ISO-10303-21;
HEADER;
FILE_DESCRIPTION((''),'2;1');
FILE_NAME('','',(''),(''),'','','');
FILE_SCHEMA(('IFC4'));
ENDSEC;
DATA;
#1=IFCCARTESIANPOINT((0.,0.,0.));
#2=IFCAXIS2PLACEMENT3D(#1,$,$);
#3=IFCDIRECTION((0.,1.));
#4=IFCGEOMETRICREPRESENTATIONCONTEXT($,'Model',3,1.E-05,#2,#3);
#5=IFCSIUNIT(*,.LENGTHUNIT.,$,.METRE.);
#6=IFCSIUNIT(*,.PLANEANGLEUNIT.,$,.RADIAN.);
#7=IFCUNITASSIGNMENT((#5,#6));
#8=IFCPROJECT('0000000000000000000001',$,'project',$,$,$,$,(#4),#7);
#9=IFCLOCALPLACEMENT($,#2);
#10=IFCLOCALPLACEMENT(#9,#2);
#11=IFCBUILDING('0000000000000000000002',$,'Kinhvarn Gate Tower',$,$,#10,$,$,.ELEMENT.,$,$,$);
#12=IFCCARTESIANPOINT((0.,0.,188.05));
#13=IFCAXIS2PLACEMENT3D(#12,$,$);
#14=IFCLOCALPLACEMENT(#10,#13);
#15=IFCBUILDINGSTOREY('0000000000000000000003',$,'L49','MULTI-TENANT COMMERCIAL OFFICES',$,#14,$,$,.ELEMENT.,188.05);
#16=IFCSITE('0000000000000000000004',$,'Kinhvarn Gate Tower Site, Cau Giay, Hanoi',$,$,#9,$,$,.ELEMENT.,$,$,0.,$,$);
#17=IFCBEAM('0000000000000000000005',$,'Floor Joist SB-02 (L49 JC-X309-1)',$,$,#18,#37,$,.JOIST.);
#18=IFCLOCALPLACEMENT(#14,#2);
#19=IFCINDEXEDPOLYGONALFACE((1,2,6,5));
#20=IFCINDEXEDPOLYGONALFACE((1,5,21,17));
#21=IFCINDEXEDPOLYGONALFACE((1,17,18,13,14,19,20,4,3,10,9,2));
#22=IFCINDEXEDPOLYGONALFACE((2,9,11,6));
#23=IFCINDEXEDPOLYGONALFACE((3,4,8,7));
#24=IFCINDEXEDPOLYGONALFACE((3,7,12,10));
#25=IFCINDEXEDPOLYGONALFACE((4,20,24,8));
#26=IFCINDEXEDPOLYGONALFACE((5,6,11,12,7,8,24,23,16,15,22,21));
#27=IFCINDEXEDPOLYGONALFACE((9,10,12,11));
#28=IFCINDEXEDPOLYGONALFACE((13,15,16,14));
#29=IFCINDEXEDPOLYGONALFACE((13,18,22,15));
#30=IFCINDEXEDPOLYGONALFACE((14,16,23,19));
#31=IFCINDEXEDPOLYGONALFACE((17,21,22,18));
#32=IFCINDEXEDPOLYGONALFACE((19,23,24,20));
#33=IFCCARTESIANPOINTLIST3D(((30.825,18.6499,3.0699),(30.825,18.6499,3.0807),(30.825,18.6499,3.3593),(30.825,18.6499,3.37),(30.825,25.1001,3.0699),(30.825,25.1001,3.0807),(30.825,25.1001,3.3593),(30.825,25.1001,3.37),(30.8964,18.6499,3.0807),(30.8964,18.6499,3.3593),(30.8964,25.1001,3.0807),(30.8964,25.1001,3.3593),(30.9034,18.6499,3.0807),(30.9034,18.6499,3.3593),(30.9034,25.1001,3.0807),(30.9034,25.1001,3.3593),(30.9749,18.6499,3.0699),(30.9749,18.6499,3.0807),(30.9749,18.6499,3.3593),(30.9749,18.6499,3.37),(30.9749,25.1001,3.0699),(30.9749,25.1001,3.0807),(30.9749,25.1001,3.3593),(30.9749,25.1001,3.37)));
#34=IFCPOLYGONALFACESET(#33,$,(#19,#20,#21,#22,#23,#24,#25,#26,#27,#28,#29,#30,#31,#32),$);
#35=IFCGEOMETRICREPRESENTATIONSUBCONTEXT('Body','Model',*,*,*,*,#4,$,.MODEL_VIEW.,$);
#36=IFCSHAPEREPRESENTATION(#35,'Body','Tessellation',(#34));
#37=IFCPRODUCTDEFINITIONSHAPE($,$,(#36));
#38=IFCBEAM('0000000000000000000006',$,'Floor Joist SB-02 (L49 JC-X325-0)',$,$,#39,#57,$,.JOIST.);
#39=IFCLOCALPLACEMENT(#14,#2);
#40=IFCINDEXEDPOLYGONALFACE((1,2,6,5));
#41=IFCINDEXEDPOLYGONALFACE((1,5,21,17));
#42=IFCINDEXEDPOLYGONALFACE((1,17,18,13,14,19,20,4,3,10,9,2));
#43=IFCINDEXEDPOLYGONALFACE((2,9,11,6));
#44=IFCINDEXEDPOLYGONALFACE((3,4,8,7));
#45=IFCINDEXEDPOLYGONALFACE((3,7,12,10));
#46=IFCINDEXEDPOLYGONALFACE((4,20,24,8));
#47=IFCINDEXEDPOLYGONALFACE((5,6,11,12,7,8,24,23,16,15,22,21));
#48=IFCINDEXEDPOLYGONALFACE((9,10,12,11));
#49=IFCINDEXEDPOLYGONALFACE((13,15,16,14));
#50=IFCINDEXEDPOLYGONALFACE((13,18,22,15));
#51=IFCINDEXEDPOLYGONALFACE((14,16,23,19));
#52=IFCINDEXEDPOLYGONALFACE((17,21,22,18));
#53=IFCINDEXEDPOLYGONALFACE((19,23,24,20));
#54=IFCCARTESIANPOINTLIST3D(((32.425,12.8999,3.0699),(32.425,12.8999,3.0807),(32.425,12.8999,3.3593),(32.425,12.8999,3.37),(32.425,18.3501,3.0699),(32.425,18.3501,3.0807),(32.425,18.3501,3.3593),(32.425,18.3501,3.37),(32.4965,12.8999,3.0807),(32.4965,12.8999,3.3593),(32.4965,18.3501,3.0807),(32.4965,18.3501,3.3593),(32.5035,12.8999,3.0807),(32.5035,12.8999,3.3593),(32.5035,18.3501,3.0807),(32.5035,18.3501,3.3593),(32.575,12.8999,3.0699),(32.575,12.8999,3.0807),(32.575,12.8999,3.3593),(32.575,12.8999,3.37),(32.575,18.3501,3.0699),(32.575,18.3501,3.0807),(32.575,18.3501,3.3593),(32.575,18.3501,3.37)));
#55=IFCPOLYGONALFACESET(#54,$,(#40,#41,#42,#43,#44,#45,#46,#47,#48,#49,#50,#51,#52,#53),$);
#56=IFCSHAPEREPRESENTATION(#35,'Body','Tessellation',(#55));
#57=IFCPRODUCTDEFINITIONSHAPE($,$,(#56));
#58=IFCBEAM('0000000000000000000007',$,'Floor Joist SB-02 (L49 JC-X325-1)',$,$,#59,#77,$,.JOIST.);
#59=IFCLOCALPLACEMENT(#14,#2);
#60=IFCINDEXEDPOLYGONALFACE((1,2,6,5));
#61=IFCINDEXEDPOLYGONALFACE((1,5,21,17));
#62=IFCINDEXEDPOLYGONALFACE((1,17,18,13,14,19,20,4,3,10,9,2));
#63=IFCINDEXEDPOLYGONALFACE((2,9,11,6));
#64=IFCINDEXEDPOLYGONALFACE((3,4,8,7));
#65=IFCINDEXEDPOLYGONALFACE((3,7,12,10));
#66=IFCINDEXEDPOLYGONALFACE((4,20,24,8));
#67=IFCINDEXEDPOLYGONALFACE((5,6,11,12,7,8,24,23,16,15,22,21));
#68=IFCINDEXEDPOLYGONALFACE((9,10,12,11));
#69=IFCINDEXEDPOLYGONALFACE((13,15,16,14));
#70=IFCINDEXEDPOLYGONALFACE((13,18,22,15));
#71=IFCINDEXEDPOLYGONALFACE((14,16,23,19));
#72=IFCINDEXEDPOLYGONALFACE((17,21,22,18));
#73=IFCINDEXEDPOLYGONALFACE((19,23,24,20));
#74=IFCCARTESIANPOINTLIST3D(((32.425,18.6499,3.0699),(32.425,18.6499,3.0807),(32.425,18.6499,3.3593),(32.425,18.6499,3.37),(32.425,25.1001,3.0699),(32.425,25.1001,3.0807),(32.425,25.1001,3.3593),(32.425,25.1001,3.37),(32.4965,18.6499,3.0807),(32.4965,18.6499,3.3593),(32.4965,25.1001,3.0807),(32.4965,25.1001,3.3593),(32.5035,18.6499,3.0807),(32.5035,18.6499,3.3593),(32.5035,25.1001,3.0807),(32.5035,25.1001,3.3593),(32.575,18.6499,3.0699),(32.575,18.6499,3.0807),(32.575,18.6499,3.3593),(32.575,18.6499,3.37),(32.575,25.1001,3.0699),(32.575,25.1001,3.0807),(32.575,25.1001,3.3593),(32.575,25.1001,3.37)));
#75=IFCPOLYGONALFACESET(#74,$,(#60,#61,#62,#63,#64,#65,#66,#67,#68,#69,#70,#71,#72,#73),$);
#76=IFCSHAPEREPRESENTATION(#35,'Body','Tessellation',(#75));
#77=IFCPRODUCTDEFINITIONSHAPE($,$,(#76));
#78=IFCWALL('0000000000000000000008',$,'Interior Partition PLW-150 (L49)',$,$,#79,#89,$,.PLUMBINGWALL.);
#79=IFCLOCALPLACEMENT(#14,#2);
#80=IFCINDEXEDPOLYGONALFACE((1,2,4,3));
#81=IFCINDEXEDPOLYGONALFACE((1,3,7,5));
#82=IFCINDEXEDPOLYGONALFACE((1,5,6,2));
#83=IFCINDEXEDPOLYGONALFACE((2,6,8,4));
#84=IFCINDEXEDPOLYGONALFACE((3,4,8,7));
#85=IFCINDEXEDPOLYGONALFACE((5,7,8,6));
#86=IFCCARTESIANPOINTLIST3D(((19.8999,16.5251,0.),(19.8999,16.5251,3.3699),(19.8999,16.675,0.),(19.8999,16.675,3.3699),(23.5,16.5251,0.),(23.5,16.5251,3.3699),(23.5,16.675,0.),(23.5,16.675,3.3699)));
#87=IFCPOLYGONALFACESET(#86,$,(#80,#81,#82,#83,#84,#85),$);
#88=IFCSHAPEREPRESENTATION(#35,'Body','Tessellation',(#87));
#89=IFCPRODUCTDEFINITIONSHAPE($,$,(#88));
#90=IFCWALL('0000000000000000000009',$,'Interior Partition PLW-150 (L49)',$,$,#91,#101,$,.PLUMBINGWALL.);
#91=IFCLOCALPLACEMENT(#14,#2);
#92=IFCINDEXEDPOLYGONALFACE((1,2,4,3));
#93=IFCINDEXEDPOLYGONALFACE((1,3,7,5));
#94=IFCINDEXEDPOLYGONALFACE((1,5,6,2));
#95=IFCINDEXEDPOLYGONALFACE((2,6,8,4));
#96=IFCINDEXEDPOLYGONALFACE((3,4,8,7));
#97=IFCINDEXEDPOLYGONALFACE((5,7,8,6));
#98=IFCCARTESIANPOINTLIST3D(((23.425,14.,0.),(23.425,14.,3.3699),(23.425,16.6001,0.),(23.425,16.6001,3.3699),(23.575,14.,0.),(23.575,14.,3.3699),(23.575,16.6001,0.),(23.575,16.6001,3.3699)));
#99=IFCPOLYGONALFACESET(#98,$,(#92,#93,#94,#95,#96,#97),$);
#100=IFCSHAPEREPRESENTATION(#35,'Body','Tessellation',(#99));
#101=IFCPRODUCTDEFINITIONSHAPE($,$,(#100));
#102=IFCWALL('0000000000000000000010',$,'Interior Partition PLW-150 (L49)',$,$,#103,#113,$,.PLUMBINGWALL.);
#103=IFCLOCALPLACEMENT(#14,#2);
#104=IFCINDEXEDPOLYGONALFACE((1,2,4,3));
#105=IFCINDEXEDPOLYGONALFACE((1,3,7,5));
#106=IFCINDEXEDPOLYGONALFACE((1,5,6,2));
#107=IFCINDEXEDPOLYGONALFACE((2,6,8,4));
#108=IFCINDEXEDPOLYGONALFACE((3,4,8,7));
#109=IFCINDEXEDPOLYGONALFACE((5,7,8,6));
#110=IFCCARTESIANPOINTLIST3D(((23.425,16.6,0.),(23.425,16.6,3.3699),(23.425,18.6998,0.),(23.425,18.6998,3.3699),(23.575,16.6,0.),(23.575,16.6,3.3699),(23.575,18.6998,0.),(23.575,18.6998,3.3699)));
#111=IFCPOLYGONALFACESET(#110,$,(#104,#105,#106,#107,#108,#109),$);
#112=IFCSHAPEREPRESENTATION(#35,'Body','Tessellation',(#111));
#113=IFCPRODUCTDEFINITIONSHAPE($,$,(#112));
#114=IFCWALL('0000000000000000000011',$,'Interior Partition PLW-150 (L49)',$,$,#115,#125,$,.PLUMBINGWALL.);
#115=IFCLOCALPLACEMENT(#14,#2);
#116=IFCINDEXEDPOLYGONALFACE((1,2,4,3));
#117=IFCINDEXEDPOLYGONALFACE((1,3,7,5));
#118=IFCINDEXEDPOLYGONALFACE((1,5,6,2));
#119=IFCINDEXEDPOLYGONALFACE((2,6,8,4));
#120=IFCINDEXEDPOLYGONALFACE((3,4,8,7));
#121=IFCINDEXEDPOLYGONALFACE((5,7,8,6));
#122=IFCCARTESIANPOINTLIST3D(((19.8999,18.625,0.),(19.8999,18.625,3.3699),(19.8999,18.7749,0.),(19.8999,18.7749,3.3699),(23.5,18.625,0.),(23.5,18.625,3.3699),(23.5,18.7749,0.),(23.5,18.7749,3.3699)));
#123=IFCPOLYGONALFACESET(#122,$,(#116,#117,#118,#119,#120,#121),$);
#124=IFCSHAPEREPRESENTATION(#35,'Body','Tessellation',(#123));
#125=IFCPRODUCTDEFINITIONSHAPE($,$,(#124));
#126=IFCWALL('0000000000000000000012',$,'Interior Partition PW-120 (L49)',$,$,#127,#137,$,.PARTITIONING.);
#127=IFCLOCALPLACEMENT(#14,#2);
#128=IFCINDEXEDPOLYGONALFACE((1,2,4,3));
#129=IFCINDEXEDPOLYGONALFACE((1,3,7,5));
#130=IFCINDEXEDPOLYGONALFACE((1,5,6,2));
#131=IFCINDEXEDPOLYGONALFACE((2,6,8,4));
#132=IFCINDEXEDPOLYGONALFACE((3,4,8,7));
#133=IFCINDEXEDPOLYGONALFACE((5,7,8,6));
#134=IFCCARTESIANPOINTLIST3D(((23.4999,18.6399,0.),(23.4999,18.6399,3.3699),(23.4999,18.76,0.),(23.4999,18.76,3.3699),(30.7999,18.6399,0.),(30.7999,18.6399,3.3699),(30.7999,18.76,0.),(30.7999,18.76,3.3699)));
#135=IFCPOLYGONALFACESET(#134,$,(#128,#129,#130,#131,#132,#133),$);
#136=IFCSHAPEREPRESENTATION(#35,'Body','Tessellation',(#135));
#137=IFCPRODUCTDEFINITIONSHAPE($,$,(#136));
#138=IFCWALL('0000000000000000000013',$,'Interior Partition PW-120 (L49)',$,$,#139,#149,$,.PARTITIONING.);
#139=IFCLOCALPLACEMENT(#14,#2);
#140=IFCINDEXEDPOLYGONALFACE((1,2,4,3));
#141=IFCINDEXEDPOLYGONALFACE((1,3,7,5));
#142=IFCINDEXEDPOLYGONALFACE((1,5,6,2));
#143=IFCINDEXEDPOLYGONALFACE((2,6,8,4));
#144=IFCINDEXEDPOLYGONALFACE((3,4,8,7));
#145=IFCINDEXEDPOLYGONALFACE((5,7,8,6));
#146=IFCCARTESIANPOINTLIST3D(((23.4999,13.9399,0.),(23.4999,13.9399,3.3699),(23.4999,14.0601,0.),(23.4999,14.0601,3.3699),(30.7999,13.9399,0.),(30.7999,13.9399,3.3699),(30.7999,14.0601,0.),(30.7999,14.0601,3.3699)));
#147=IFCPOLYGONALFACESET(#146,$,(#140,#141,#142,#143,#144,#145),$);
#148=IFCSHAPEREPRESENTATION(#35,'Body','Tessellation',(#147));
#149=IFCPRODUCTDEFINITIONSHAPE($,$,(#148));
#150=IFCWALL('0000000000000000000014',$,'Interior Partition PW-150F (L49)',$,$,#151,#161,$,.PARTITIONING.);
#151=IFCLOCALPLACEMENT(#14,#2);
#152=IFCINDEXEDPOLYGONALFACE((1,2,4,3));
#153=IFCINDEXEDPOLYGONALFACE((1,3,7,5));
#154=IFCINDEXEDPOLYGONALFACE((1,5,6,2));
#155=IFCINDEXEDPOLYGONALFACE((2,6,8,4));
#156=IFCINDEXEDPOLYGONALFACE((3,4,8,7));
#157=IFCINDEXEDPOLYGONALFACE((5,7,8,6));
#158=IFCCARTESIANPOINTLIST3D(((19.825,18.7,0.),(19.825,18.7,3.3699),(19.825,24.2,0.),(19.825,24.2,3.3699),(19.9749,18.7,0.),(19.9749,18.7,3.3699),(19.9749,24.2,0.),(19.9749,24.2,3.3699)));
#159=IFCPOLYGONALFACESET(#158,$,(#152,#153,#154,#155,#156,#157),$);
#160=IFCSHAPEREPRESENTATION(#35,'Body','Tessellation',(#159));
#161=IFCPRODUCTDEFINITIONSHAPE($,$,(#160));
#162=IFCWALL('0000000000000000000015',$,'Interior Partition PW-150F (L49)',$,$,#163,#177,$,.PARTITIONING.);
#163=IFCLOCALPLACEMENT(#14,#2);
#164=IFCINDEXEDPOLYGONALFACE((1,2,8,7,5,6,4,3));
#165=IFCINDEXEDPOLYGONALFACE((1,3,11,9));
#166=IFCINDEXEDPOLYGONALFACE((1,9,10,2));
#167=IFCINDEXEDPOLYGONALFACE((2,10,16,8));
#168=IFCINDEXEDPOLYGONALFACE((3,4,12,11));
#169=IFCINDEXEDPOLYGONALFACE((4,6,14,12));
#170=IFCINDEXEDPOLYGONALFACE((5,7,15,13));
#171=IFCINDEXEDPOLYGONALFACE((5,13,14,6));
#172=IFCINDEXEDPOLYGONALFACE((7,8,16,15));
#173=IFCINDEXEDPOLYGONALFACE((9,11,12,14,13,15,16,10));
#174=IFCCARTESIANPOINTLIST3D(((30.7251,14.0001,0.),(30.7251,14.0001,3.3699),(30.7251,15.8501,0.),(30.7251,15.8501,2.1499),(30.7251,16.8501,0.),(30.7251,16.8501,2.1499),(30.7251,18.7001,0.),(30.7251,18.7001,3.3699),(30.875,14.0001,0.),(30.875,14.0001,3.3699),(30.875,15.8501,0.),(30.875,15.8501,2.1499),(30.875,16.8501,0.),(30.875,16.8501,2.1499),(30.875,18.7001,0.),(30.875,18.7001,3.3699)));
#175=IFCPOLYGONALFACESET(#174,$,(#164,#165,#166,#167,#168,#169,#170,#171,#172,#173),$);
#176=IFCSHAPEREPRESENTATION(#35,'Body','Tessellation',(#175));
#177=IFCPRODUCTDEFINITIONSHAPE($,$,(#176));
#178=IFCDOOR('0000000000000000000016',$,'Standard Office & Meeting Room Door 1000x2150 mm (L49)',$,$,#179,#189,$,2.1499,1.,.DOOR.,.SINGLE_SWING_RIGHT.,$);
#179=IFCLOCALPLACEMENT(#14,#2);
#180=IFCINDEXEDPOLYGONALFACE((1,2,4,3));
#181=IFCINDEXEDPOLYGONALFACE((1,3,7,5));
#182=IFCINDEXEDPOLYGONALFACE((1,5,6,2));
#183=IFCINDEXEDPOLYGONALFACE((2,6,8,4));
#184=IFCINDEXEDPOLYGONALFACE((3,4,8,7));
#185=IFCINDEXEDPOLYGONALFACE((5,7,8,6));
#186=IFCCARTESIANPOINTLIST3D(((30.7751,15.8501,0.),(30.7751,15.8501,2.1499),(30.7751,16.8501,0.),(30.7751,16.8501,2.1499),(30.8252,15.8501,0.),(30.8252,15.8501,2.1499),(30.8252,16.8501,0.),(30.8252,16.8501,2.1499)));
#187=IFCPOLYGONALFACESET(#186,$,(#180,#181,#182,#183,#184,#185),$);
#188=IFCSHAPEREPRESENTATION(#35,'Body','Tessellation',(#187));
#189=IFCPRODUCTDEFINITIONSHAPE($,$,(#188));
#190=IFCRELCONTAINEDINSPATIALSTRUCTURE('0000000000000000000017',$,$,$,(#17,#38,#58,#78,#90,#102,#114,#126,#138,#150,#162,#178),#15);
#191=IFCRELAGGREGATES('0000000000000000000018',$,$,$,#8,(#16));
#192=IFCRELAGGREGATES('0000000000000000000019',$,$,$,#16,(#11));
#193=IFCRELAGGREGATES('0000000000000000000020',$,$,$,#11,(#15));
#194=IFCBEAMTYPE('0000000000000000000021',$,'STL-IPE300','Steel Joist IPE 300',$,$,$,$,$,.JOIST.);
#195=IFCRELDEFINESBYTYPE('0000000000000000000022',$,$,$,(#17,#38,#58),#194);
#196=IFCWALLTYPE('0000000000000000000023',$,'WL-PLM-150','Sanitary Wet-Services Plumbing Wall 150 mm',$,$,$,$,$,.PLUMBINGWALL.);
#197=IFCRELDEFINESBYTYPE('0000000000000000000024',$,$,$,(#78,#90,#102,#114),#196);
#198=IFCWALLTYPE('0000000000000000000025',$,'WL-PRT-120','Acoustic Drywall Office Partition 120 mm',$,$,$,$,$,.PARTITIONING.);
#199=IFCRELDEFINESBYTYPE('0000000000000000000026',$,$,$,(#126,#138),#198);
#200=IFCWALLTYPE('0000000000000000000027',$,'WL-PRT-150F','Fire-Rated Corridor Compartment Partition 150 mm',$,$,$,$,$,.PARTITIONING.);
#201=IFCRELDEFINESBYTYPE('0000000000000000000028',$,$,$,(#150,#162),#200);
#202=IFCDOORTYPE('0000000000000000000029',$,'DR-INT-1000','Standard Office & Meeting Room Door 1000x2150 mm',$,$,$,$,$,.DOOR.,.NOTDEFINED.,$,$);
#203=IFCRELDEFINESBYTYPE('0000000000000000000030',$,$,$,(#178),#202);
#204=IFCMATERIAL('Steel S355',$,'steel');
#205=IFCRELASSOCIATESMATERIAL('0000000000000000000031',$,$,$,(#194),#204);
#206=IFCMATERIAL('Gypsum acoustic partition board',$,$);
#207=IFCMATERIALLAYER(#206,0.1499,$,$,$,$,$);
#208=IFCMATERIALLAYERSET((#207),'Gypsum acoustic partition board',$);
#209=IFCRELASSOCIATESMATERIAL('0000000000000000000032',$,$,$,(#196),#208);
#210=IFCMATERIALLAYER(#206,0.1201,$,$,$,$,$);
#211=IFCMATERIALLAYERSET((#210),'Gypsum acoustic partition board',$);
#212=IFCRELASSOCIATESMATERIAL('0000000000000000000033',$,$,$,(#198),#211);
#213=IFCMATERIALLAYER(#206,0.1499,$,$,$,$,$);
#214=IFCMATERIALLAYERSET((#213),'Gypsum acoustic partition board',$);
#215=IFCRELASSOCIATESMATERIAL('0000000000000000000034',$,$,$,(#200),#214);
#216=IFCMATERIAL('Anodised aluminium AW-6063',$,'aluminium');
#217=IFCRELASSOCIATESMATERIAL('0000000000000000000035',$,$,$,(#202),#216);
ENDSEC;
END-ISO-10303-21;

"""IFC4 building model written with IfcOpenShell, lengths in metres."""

from ifc_helpers import new_model, si_unit, direction, frame, frame_2d, origin, origin_2d, place, context, subcontext, project, spatial, rectangle, i_section, extrude, material, layer, layer_set, material_profile, profile_set, type_object, element, fill, save


model = new_model("IFC4")

# Units and contexts
model_context = context("Model", 3, precision=1e-05, world=origin(), true_north=direction((0.0, 1.0)))
body_context = subcontext(model_context, "Body", "Model", "MODEL_VIEW")
ifc_project = project(units=[si_unit("LENGTHUNIT", "METRE"), si_unit("PLANEANGLEUNIT", "RADIAN")], contexts=[model_context])

# Site, building, storey
site_placement = place(None, origin())
site = spatial("IfcSite", under=ifc_project, at=site_placement, Name="Kinhvarn Gate Tower Site, Cau Giay, Hanoi", CompositionType="ELEMENT", RefElevation=0.0)
building_placement = place(site_placement, origin())
building = spatial("IfcBuilding", under=site, at=building_placement, Name="Kinhvarn Gate Tower", CompositionType="ELEMENT")
storey_placement = place(building_placement, frame((0.0, 0.0, 188.05)))
storey = spatial("IfcBuildingStorey", under=building, at=storey_placement, Name="L49", Description="MULTI-TENANT COMMERCIAL OFFICES", CompositionType="ELEMENT", Elevation=188.05)

# Beams
ifc_material_1 = material(Name="Steel S355", Category="steel")
ifc_material_profile = material_profile(ifc_material_1, i_section(OverallWidth=0.1499, OverallDepth=0.3, WebThickness=0.0071, FlangeThickness=0.0107, at=origin_2d()), Name="IPE 300")
ifc_profile_set = profile_set([ifc_material_profile], Name="Steel S355")
beam_type = type_object("IfcBeamType", Name="STL-IPE300", Description="Steel Joist IPE 300", PredefinedType="JOIST", material=ifc_profile_set)
beam_1_placement = place(storey_placement, frame((30.8999, 18.6499, 3.22), z_axis=(0.0, 1.0, 0.0), x_axis=(-1.0, 0.0, 0.0)))
element("IfcBeam", 1, at=beam_1_placement, inside=storey, type_object=beam_type, Name="Floor Joist SB-02 (L49 JC-X309-1)", PredefinedType="JOIST", context=body_context, shape_type="SweptSolid", body=[
    extrude(i_section(OverallWidth=0.1499, OverallDepth=0.3, WebThickness=0.0071, FlangeThickness=0.0107, at=origin_2d()), origin(), (0.0, 0.0, 1.0), 6.4502),
])
beam_2_placement = place(storey_placement, frame((32.5, 12.8999, 3.22), z_axis=(0.0, 1.0, 0.0), x_axis=(-1.0, 0.0, 0.0)))
element("IfcBeam", 2, at=beam_2_placement, inside=storey, type_object=beam_type, Name="Floor Joist SB-02 (L49 JC-X325-0)", PredefinedType="JOIST", context=body_context, shape_type="SweptSolid", body=[
    extrude(i_section(OverallWidth=0.1499, OverallDepth=0.3, WebThickness=0.0071, FlangeThickness=0.0107, at=origin_2d()), origin(), (0.0, 0.0, 1.0), 5.4502),
])
beam_3_placement = place(storey_placement, frame((32.5, 18.6499, 3.22), z_axis=(0.0, 1.0, 0.0), x_axis=(-1.0, 0.0, 0.0)))
element("IfcBeam", 3, at=beam_3_placement, inside=storey, type_object=beam_type, Name="Floor Joist SB-02 (L49 JC-X325-1)", PredefinedType="JOIST", context=body_context, shape_type="SweptSolid", body=[
    extrude(i_section(OverallWidth=0.1499, OverallDepth=0.3, WebThickness=0.0071, FlangeThickness=0.0107, at=origin_2d()), origin(), (0.0, 0.0, 1.0), 6.4502),
])

# Walls
ifc_material_2 = material(Name="Gypsum acoustic partition board")
ifc_layer_1 = layer(ifc_material_2, 0.1499)
ifc_layer_set_1 = layer_set([ifc_layer_1], Name="Gypsum acoustic partition board")
wall_type_1 = type_object("IfcWallType", Name="WL-PLM-150", Description="Sanitary Wet-Services Plumbing Wall 150 mm", PredefinedType="PLUMBINGWALL", material=ifc_layer_set_1)
wall_1_placement = place(storey_placement, frame((19.8999, 16.6001, 0.0), z_axis=(0.0, 0.0, 1.0), x_axis=(1.0, 0.0, 0.0)))
element("IfcWall", 4, at=wall_1_placement, inside=storey, type_object=wall_type_1, Name="Interior Partition PLW-150 (L49)", PredefinedType="PLUMBINGWALL", context=body_context, shape_type="SweptSolid", body=[
    extrude(rectangle(XDim=3.6001, YDim=0.1499, at=frame_2d((1.8, 0.0))), origin(), (0.0, 0.0, 1.0), 3.3699),
])
wall_2_placement = place(storey_placement, frame((23.5, 14.0, 0.0), z_axis=(0.0, 0.0, 1.0), x_axis=(0.0, 1.0, 0.0)))
element("IfcWall", 5, at=wall_2_placement, inside=storey, type_object=wall_type_1, Name="Interior Partition PLW-150 (L49)", PredefinedType="PLUMBINGWALL", context=body_context, shape_type="SweptSolid", body=[
    extrude(rectangle(XDim=2.6001, YDim=0.1499, at=frame_2d((1.3, 0.0))), origin(), (0.0, 0.0, 1.0), 3.3699),
])
wall_3_placement = place(storey_placement, frame((23.5, 16.6001, 0.0), z_axis=(0.0, 0.0, 1.0), x_axis=(0.0, 1.0, 0.0)))
element("IfcWall", 6, at=wall_3_placement, inside=storey, type_object=wall_type_1, Name="Interior Partition PLW-150 (L49)", PredefinedType="PLUMBINGWALL", context=body_context, shape_type="SweptSolid", body=[
    extrude(rectangle(XDim=2.0999, YDim=0.1499, at=frame_2d((1.0498, 0.0))), origin(), (0.0, 0.0, 1.0), 3.3699),
])
wall_4_placement = place(storey_placement, frame((19.8999, 18.7, 0.0), z_axis=(0.0, 0.0, 1.0), x_axis=(1.0, 0.0, 0.0)))
element("IfcWall", 7, at=wall_4_placement, inside=storey, type_object=wall_type_1, Name="Interior Partition PLW-150 (L49)", PredefinedType="PLUMBINGWALL", context=body_context, shape_type="SweptSolid", body=[
    extrude(rectangle(XDim=3.6001, YDim=0.1499, at=frame_2d((1.8, 0.0))), origin(), (0.0, 0.0, 1.0), 3.3699),
])
ifc_layer_2 = layer(ifc_material_2, 0.1201)
ifc_layer_set_2 = layer_set([ifc_layer_2], Name="Gypsum acoustic partition board")
wall_type_2 = type_object("IfcWallType", Name="WL-PRT-120", Description="Acoustic Drywall Office Partition 120 mm", PredefinedType="PARTITIONING", material=ifc_layer_set_2)
for number, where, z_axis, x_axis, name in (
    (8, (23.5, 18.7, 0.0), (0.0, 0.0, 1.0), (1.0, 0.0, 0.0), "Interior Partition PW-120 (L49)"),
    (9, (23.5, 14.0, 0.0), (0.0, 0.0, 1.0), (1.0, 0.0, 0.0), "Interior Partition PW-120 (L49)"),
):
    element("IfcWall", number, at=place(storey_placement, frame(where, z_axis=z_axis, x_axis=x_axis)), inside=storey, type_object=wall_type_2, Name=name, PredefinedType="PARTITIONING", context=body_context, shape_type="SweptSolid", body=[
        extrude(rectangle(XDim=7.3, YDim=0.1201, at=frame_2d((3.6499, 0.0))), origin(), (0.0, 0.0, 1.0), 3.3699),
    ])
ifc_layer_3 = layer(ifc_material_2, 0.1499)
ifc_layer_set_3 = layer_set([ifc_layer_3], Name="Gypsum acoustic partition board")
wall_type_3 = type_object("IfcWallType", Name="WL-PRT-150F", Description="Fire-Rated Corridor Compartment Partition 150 mm", PredefinedType="PARTITIONING", material=ifc_layer_set_3)
wall_5_placement = place(storey_placement, frame((19.8999, 18.7, 0.0), z_axis=(0.0, 0.0, 1.0), x_axis=(0.0, 1.0, 0.0)))
element("IfcWall", 10, at=wall_5_placement, inside=storey, type_object=wall_type_3, Name="Interior Partition PW-150F (L49)", PredefinedType="PARTITIONING", context=body_context, shape_type="SweptSolid", body=[
    extrude(rectangle(XDim=5.5, YDim=0.1499, at=frame_2d((2.75, 0.0))), origin(), (0.0, 0.0, 1.0), 3.3699),
])

# Wall, opening, door
wall_6_placement = place(storey_placement, frame((30.8, 14.0, 0.0), z_axis=(0.0, 0.0, 1.0), x_axis=(0.0, 1.0, 0.0)))
wall_6 = element("IfcWall", 11, at=wall_6_placement, inside=storey, type_object=wall_type_3, Name="Interior Partition PW-150F (L49)", PredefinedType="PARTITIONING", context=body_context, shape_type="SweptSolid", body=[
    extrude(rectangle(XDim=4.7, YDim=0.1499, at=frame_2d((2.3501, 0.0))), origin(), (0.0, 0.0, 1.0), 3.3699),
])
opening_placement = place(wall_6_placement, frame((1.8501, 0.0, 0.0)))
opening = element("IfcOpeningElement", 12, at=opening_placement, cuts=wall_6, PredefinedType="OPENING", context=body_context, shape_type="SweptSolid", body=[
    extrude(rectangle(XDim=1.0, YDim=2.1499, at=frame_2d((0.5, 1.075))), frame((0.0, 0.085, 0.0), z_axis=(0.0, -1.0, 0.0), x_axis=(1.0, 0.0, 0.0)), (0.0, 0.0, 1.0), 0.1699),
])
ifc_material_3 = material(Name="Anodised aluminium AW-6063", Category="aluminium")
door_type = type_object("IfcDoorType", Name="DR-INT-1000", Description="Standard Office & Meeting Room Door 1000x2150 mm", OperationType="NOTDEFINED", PredefinedType="DOOR", material=ifc_material_3)
door_placement = place(opening_placement, origin())
door = element("IfcDoor", 13, at=door_placement, inside=storey, type_object=door_type, Name="Standard Office & Meeting Room Door 1000x2150 mm (L49)", OperationType="SINGLE_SWING_RIGHT", OverallHeight=2.1499, OverallWidth=1.0, PredefinedType="DOOR", context=body_context, shape_type="SweptSolid", body=[
    extrude(rectangle(XDim=1.0, YDim=2.1499, at=frame_2d((0.5, 1.075))), frame((0.0, 0.0249, 0.0), z_axis=(0.0, -1.0, 0.0), x_axis=(1.0, 0.0, 0.0)), (0.0, 0.0, 1.0), 0.05),
])
fill(opening, door)

save(model, "model.ifc")
